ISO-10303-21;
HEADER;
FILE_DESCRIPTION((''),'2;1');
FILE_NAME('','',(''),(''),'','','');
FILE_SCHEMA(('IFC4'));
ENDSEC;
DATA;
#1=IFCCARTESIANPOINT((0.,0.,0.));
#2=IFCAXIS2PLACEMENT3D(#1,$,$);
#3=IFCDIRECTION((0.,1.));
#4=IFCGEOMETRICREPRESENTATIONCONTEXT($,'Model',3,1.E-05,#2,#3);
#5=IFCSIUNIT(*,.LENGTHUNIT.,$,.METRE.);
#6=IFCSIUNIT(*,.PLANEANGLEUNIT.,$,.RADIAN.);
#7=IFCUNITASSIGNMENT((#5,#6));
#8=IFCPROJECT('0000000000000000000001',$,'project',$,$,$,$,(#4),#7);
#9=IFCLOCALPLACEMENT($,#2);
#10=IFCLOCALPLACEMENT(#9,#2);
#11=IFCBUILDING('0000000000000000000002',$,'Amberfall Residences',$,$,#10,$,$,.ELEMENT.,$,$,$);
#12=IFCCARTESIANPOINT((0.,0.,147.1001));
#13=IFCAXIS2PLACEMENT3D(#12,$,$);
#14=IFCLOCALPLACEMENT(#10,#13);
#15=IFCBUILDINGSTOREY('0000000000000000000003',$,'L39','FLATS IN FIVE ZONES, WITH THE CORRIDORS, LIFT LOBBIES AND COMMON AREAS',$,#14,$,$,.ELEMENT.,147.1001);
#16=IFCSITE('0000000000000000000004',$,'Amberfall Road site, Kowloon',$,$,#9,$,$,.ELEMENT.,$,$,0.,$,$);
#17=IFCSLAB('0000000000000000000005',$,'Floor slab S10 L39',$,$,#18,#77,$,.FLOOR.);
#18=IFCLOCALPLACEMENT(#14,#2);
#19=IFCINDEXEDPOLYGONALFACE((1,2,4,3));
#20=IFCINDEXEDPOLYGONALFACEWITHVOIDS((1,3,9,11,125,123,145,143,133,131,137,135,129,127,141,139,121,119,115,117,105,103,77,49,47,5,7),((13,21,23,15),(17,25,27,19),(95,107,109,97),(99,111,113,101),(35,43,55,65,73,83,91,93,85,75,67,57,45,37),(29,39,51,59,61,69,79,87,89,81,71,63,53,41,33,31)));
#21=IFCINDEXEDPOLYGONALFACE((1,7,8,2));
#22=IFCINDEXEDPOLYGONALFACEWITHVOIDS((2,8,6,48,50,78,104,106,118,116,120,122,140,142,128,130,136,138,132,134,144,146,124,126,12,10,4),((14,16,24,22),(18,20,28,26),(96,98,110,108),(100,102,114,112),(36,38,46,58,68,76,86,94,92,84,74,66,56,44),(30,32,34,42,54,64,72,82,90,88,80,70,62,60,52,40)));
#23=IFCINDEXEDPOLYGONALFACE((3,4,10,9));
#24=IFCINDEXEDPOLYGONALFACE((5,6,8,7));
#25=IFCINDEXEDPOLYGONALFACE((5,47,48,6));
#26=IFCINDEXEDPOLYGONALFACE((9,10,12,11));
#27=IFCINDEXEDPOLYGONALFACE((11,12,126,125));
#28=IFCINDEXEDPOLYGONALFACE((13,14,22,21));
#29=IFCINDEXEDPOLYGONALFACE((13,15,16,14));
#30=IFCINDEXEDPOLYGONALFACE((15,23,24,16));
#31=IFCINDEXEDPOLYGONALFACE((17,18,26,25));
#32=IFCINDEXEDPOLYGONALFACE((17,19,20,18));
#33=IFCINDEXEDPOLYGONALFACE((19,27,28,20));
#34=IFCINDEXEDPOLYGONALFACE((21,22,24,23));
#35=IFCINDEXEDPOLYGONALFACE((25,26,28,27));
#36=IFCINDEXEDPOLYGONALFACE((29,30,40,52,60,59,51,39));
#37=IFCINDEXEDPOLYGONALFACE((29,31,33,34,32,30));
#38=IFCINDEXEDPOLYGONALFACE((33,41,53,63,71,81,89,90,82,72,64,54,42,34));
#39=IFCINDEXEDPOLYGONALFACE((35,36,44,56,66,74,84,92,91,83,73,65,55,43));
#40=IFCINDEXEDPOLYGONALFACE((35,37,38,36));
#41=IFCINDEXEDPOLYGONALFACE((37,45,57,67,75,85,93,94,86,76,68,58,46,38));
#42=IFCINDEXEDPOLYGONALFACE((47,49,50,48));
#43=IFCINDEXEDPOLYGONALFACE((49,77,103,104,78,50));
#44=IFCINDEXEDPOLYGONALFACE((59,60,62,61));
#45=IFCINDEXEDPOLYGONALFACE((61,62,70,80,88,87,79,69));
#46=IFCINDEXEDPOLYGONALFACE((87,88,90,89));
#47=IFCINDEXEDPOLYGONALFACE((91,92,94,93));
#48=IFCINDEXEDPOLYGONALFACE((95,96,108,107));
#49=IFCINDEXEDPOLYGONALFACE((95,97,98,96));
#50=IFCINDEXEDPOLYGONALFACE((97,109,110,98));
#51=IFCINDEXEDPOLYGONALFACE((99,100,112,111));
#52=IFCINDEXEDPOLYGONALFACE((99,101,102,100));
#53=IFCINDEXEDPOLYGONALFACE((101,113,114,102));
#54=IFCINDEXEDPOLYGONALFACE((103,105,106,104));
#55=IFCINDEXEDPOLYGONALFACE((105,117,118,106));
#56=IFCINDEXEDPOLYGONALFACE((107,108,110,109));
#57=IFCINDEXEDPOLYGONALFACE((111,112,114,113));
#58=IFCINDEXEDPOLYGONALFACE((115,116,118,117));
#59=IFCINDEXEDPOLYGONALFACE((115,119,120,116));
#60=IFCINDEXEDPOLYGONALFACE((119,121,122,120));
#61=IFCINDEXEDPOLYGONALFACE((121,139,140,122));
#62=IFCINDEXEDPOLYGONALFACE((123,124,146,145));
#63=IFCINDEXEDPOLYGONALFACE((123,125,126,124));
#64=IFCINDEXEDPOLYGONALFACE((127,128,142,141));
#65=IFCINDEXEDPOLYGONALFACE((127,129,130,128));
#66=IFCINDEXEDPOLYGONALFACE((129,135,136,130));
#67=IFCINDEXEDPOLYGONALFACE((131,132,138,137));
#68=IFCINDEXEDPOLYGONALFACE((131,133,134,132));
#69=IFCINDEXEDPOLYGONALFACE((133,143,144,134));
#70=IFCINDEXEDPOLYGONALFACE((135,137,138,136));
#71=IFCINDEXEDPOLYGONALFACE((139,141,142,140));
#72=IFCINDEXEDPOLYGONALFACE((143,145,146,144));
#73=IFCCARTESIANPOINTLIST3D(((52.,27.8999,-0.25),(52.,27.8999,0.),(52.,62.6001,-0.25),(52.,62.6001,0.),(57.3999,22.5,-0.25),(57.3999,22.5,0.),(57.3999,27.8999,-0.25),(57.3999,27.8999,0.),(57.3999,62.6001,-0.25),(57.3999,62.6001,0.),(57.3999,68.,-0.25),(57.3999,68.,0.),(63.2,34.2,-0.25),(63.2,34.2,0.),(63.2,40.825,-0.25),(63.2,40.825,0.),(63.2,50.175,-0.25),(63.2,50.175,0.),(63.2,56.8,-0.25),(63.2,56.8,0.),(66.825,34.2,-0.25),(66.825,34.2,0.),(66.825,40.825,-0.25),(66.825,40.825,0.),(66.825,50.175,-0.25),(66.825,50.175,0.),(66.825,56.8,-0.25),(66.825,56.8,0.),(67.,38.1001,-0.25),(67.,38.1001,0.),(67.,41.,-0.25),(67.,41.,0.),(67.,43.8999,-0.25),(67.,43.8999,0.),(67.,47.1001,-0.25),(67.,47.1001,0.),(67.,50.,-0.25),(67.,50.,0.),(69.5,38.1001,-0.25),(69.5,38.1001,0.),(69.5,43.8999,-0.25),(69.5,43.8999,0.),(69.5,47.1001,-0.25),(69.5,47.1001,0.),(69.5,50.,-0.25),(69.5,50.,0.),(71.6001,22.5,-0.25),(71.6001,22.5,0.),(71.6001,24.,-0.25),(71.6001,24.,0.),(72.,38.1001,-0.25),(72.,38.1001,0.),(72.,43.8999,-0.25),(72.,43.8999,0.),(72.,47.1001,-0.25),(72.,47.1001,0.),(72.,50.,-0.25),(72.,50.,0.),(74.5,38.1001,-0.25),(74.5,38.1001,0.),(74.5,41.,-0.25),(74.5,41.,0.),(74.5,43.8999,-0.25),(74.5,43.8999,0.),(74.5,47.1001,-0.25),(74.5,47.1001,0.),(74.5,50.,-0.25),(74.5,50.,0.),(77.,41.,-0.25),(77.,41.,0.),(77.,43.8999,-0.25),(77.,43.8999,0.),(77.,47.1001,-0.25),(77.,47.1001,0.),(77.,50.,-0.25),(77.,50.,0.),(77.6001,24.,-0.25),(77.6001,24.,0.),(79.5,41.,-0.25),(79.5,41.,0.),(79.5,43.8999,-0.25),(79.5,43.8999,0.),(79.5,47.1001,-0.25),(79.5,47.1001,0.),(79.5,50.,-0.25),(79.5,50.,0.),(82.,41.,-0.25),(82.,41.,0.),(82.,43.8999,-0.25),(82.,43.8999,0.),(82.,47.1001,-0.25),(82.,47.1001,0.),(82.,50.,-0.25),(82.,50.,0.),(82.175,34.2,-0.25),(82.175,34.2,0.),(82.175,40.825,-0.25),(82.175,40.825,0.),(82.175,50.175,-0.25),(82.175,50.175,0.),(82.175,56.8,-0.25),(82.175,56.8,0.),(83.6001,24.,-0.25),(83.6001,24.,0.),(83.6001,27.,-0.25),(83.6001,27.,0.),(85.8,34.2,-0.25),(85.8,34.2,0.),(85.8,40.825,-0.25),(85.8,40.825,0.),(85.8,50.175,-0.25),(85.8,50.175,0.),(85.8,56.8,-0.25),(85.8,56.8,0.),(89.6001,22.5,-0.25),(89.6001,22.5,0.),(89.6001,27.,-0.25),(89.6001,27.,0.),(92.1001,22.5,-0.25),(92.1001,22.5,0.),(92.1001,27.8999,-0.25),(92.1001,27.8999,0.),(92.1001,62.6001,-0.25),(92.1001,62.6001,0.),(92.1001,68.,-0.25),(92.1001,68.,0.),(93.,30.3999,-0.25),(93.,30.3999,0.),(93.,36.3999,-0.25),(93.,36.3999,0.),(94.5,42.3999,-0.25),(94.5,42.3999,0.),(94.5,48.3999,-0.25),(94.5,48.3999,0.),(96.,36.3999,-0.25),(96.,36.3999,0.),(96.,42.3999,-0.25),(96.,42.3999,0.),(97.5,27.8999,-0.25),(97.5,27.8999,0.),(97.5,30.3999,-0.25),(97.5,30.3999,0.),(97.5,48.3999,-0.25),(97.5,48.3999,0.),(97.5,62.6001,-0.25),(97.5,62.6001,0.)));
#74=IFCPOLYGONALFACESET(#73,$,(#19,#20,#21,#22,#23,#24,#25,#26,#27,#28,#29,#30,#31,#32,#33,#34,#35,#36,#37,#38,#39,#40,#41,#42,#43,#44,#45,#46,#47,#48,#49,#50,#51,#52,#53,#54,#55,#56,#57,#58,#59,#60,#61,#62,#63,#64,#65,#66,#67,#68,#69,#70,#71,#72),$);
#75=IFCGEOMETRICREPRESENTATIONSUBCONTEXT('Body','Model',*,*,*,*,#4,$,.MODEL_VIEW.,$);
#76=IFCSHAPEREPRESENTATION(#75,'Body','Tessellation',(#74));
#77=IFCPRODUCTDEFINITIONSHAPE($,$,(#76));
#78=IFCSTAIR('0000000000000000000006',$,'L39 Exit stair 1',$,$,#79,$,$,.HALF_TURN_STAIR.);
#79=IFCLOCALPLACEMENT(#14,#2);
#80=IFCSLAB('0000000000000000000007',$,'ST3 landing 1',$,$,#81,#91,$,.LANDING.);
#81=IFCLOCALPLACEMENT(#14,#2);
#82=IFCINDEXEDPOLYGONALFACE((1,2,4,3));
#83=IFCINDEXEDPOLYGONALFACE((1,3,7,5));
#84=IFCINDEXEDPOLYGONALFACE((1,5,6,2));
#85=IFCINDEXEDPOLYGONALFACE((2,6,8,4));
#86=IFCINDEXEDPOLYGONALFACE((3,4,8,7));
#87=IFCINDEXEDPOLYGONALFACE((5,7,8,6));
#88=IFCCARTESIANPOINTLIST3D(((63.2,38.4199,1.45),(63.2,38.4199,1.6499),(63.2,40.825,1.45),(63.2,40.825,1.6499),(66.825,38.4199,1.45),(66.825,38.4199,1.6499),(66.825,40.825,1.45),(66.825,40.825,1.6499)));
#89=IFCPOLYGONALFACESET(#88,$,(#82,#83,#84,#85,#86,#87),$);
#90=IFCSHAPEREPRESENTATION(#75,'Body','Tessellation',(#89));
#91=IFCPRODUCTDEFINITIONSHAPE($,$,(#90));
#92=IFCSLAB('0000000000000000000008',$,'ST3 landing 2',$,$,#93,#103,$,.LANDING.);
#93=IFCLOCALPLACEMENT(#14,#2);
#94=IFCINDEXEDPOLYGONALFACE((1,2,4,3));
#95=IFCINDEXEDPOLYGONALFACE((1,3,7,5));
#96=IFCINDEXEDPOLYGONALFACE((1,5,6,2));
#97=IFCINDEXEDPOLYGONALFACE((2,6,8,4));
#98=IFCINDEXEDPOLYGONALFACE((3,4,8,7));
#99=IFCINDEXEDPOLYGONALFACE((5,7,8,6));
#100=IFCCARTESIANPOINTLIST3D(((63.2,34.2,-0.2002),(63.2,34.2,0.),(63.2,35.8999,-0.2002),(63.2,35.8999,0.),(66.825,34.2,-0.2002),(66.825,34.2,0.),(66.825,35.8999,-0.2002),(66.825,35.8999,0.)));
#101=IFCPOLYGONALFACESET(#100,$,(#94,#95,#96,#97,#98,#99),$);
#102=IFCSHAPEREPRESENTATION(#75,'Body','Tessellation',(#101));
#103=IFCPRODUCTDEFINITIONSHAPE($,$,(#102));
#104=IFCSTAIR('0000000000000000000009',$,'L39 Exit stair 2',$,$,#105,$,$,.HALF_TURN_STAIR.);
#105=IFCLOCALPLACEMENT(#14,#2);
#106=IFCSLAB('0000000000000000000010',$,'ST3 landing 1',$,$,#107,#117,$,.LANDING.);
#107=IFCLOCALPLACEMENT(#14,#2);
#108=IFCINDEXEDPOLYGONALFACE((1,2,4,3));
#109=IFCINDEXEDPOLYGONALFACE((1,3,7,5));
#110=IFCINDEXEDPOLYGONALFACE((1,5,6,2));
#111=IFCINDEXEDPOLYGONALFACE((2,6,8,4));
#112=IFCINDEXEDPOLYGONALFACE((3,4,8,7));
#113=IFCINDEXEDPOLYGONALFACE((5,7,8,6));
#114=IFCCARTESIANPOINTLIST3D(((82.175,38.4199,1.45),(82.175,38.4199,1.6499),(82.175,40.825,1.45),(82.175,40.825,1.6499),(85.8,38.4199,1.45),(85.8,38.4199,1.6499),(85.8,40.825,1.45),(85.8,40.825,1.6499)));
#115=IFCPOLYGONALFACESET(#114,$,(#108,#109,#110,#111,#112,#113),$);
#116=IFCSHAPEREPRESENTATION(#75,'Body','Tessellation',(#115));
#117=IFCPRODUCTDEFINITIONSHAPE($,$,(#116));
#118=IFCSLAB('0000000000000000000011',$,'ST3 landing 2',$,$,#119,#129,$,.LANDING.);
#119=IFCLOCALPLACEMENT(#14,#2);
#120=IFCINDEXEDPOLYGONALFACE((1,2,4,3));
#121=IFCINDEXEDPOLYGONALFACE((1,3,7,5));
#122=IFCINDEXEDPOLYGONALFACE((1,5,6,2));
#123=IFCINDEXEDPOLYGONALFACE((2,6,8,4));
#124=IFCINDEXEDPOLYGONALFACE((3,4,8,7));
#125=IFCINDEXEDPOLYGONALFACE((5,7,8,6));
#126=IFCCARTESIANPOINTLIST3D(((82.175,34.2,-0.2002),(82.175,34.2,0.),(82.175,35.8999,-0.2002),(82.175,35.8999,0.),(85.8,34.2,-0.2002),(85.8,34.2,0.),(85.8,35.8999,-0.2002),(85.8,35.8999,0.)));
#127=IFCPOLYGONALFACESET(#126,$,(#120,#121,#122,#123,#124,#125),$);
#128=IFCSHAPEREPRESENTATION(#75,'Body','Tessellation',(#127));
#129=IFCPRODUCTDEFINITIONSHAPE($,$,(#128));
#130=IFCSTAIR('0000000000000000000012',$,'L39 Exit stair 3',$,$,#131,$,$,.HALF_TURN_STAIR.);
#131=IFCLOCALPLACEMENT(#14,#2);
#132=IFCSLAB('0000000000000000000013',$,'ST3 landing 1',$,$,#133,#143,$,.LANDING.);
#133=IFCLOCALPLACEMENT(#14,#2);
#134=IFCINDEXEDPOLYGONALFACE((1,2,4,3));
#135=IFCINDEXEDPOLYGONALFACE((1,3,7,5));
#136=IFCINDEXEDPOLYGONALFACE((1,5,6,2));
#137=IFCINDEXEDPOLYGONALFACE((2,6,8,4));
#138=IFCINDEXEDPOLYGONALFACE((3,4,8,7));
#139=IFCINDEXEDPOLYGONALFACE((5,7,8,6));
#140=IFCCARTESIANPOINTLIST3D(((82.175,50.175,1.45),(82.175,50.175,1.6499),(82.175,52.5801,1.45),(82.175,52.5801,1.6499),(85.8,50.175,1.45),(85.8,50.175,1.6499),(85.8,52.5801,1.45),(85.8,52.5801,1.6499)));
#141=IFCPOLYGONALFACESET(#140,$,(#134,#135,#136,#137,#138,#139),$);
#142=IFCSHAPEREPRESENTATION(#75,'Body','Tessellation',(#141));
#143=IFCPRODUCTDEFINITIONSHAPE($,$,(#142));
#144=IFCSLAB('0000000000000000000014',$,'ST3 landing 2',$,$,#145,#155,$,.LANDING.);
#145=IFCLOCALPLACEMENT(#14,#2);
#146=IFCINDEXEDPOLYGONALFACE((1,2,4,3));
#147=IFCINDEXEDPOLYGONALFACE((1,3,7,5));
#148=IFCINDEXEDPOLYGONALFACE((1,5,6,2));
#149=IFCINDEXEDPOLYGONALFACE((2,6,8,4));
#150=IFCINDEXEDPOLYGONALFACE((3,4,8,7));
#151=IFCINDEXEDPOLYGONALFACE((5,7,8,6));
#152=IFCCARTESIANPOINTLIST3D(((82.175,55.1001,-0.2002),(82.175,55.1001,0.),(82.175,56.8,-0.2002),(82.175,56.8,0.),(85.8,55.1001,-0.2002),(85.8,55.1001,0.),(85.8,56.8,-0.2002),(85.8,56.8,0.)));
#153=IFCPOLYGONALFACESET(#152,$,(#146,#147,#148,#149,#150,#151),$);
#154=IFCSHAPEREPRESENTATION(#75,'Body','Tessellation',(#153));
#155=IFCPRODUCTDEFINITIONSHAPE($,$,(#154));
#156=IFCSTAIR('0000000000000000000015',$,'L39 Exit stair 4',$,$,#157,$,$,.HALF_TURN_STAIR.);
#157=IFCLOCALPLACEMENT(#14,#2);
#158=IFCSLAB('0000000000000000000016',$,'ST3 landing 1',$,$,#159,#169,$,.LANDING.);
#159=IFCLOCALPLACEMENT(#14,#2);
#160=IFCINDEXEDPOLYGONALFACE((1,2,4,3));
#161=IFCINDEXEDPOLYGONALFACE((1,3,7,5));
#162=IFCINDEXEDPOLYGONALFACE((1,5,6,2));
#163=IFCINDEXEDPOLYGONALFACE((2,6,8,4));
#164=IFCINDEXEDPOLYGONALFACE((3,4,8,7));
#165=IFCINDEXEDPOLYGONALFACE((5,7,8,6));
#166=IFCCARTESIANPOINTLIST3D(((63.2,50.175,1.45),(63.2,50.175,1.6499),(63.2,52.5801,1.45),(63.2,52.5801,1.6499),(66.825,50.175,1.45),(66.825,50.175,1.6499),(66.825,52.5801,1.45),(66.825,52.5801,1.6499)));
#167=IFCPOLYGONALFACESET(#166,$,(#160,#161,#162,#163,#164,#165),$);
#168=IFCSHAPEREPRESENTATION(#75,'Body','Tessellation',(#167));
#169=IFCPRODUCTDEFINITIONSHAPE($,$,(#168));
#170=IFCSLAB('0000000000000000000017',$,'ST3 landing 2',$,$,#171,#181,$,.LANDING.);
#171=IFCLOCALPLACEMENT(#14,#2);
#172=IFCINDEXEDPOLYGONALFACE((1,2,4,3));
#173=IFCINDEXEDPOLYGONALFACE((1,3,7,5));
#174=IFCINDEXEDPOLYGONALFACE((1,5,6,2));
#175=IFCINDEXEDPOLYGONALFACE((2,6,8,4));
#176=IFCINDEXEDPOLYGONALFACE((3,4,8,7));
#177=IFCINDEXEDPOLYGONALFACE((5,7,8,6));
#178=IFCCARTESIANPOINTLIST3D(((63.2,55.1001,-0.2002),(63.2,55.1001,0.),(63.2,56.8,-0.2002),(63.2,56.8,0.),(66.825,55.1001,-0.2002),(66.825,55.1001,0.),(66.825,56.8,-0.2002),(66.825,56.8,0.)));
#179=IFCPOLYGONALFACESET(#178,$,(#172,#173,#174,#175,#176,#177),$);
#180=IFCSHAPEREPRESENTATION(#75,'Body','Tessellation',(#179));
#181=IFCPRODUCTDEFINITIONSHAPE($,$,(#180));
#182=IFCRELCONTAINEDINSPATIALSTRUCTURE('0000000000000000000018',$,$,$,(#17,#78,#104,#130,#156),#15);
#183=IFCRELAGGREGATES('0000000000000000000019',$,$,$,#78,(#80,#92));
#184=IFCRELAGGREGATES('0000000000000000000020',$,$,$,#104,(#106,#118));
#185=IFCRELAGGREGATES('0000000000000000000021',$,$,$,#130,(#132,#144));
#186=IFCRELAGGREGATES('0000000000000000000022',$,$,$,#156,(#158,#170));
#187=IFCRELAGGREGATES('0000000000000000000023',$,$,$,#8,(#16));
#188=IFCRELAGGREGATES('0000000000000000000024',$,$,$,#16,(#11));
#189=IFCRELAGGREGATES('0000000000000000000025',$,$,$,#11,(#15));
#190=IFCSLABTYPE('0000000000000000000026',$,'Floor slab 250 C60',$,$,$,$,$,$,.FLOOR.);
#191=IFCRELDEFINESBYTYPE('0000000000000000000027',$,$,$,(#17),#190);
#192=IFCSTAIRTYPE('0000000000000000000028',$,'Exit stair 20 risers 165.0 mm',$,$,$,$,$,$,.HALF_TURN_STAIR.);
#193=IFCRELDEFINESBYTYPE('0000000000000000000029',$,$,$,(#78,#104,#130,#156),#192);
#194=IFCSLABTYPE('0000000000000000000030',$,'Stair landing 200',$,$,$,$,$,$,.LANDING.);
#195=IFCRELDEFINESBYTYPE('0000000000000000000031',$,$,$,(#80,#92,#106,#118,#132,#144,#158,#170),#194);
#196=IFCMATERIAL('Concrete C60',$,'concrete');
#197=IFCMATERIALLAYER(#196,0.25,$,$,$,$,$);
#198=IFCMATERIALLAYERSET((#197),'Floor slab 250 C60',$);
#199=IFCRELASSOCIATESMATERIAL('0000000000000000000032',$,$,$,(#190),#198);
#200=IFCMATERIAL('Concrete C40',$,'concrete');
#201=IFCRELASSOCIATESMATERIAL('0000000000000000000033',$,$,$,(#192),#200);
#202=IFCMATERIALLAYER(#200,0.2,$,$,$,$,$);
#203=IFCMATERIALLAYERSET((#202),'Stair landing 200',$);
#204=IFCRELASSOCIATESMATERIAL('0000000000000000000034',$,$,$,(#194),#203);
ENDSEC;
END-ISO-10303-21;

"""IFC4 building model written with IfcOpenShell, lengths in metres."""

from ifc_helpers import new_model, si_unit, direction, frame, origin, place, context, subcontext, project, spatial, polyline, outline, extrude, material, layer, layer_set, type_object, element, aggregate, save


model = new_model("IFC4")

# Units and contexts
model_context = context("Model", 3, precision=1e-05, world=origin(), true_north=direction((0.0, 1.0)))
body_context = subcontext(model_context, "Body", "Model", "MODEL_VIEW")
ifc_project = project(units=[si_unit("LENGTHUNIT", "METRE"), si_unit("PLANEANGLEUNIT", "RADIAN")], contexts=[model_context])

# Site, building, storey
site_placement = place(None, origin())
site = spatial("IfcSite", under=ifc_project, at=site_placement, Name="Amberfall Road site, Kowloon", CompositionType="ELEMENT", RefElevation=0.0)
building_placement = place(site_placement, origin())
building = spatial("IfcBuilding", under=site, at=building_placement, Name="Amberfall Residences", CompositionType="ELEMENT")
storey_placement = place(building_placement, frame((0.0, 0.0, 147.1001)))
storey = spatial("IfcBuildingStorey", under=building, at=storey_placement, Name="L39", Description="FLATS IN FIVE ZONES, WITH THE CORRIDORS, LIFT LOBBIES AND COMMON AREAS", CompositionType="ELEMENT", Elevation=147.1001)

# Slab
ifc_material_1 = material(Name="Concrete C60", Category="concrete")
ifc_layer_1 = layer(ifc_material_1, 0.25)
ifc_layer_set_1 = layer_set([ifc_layer_1], Name="Floor slab 250 C60")
slab_type_1 = type_object("IfcSlabType", Name="Floor slab 250 C60", PredefinedType="FLOOR", material=ifc_layer_set_1)
slab_1_placement = place(storey_placement, frame((0.0, 0.0, -0.25)))
element("IfcSlab", 1, at=slab_1_placement, inside=storey, type_object=slab_type_1, Name="Floor slab S10 L39", PredefinedType="FLOOR", context=body_context, shape_type="SweptSolid", body=[
    extrude(outline(polyline([(89.6001, 22.5), (89.6001, 27.0), (83.6001, 27.0), (83.6001, 24.0), (77.6001, 24.0), (71.6001, 24.0), (71.6001, 22.5), (57.3999, 22.5), (57.3999, 27.8999), (52.0, 27.8999), (52.0, 62.6001), (57.3999, 62.6001), (57.3999, 68.0), (92.1001, 68.0), (92.1001, 62.6001), (97.5, 62.6001), (97.5, 48.3999), (94.5, 48.3999), (94.5, 42.3999), (96.0, 42.3999), (96.0, 36.3999), (93.0, 36.3999), (93.0, 30.3999), (97.5, 30.3999), (97.5, 27.8999), (92.1001, 27.8999), (92.1001, 22.5), (89.6001, 22.5)]), holes=[polyline([(85.8, 34.2), (85.8, 40.825), (82.175, 40.825), (82.175, 34.2), (85.8, 34.2)]), polyline([(82.175, 50.175), (85.8, 50.175), (85.8, 56.8), (82.175, 56.8), (82.175, 50.175)]), polyline([(69.5, 50.0), (67.0, 50.0), (67.0, 47.1001), (69.5, 47.1001), (72.0, 47.1001), (74.5, 47.1001), (77.0, 47.1001), (79.5, 47.1001), (82.0, 47.1001), (82.0, 50.0), (79.5, 50.0), (77.0, 50.0), (74.5, 50.0), (72.0, 50.0), (69.5, 50.0)]), polyline([(74.5, 41.0), (77.0, 41.0), (79.5, 41.0), (82.0, 41.0), (82.0, 43.8999), (79.5, 43.8999), (77.0, 43.8999), (74.5, 43.8999), (72.0, 43.8999), (69.5, 43.8999), (67.0, 43.8999), (67.0, 41.0), (67.0, 38.1001), (69.5, 38.1001), (72.0, 38.1001), (74.5, 38.1001), (74.5, 41.0)]), polyline([(66.825, 34.2), (66.825, 40.825), (63.2, 40.825), (63.2, 34.2), (66.825, 34.2)]), polyline([(66.825, 50.175), (66.825, 56.8), (63.2, 56.8), (63.2, 50.175), (66.825, 50.175)])]), origin(), (0.0, 0.0, 1.0), 0.25),
])

# Stairs, slabs
ifc_material_2 = material(Name="Concrete C40", Category="concrete")
stair_type = type_object("IfcStairType", Name="Exit stair 20 risers 165.0 mm", PredefinedType="HALF_TURN_STAIR", material=ifc_material_2)
stair_1_placement = place(storey_placement, origin())
stair_1 = element("IfcStair", 2, at=stair_1_placement, inside=storey, type_object=stair_type, Name="L39 Exit stair 1", PredefinedType="HALF_TURN_STAIR")
ifc_layer_2 = layer(ifc_material_2, 0.2)
ifc_layer_set_2 = layer_set([ifc_layer_2], Name="Stair landing 200")
slab_type_2 = type_object("IfcSlabType", Name="Stair landing 200", PredefinedType="LANDING", material=ifc_layer_set_2)
slab_2_placement = place(storey_placement, frame((0.0, 0.0, 1.45)))
slab_2 = element("IfcSlab", 3, at=slab_2_placement, type_object=slab_type_2, Name="ST3 landing 1", PredefinedType="LANDING", context=body_context, shape_type="SweptSolid", body=[
    extrude(outline(polyline([(66.825, 38.4199), (66.825, 40.825), (63.2, 40.825), (63.2, 38.4199), (66.825, 38.4199)])), origin(), (0.0, 0.0, 1.0), 0.2),
])
slab_3_placement = place(storey_placement, frame((0.0, 0.0, -0.2002)))
slab_3 = element("IfcSlab", 4, at=slab_3_placement, type_object=slab_type_2, Name="ST3 landing 2", PredefinedType="LANDING", context=body_context, shape_type="SweptSolid", body=[
    extrude(outline(polyline([(66.825, 34.2), (66.825, 35.8999), (63.2, 35.8999), (63.2, 34.2), (66.825, 34.2)])), origin(), (0.0, 0.0, 1.0), 0.2002),
])
aggregate(stair_1, [slab_2, slab_3])
stair_2_placement = place(storey_placement, origin())
stair_2 = element("IfcStair", 5, at=stair_2_placement, inside=storey, type_object=stair_type, Name="L39 Exit stair 2", PredefinedType="HALF_TURN_STAIR")
slab_4_placement = place(storey_placement, frame((0.0, 0.0, 1.45)))
slab_4 = element("IfcSlab", 6, at=slab_4_placement, type_object=slab_type_2, Name="ST3 landing 1", PredefinedType="LANDING", context=body_context, shape_type="SweptSolid", body=[
    extrude(outline(polyline([(85.8, 38.4199), (85.8, 40.825), (82.175, 40.825), (82.175, 38.4199), (85.8, 38.4199)])), origin(), (0.0, 0.0, 1.0), 0.2),
])
slab_5_placement = place(storey_placement, frame((0.0, 0.0, -0.2002)))
slab_5 = element("IfcSlab", 7, at=slab_5_placement, type_object=slab_type_2, Name="ST3 landing 2", PredefinedType="LANDING", context=body_context, shape_type="SweptSolid", body=[
    extrude(outline(polyline([(85.8, 34.2), (85.8, 35.8999), (82.175, 35.8999), (82.175, 34.2), (85.8, 34.2)])), origin(), (0.0, 0.0, 1.0), 0.2002),
])
aggregate(stair_2, [slab_4, slab_5])
stair_3_placement = place(storey_placement, origin())
stair_3 = element("IfcStair", 8, at=stair_3_placement, inside=storey, type_object=stair_type, Name="L39 Exit stair 3", PredefinedType="HALF_TURN_STAIR")
slab_6_placement = place(storey_placement, frame((0.0, 0.0, 1.45)))
slab_6 = element("IfcSlab", 9, at=slab_6_placement, type_object=slab_type_2, Name="ST3 landing 1", PredefinedType="LANDING", context=body_context, shape_type="SweptSolid", body=[
    extrude(outline(polyline([(82.175, 52.5801), (82.175, 50.175), (85.8, 50.175), (85.8, 52.5801), (82.175, 52.5801)])), origin(), (0.0, 0.0, 1.0), 0.2),
])
slab_7_placement = place(storey_placement, frame((0.0, 0.0, -0.2002)))
slab_7 = element("IfcSlab", 10, at=slab_7_placement, type_object=slab_type_2, Name="ST3 landing 2", PredefinedType="LANDING", context=body_context, shape_type="SweptSolid", body=[
    extrude(outline(polyline([(82.175, 56.8), (82.175, 55.1001), (85.8, 55.1001), (85.8, 56.8), (82.175, 56.8)])), origin(), (0.0, 0.0, 1.0), 0.2002),
])
aggregate(stair_3, [slab_6, slab_7])
stair_4_placement = place(storey_placement, origin())
stair_4 = element("IfcStair", 11, at=stair_4_placement, inside=storey, type_object=stair_type, Name="L39 Exit stair 4", PredefinedType="HALF_TURN_STAIR")
slab_8_placement = place(storey_placement, frame((0.0, 0.0, 1.45)))
slab_8 = element("IfcSlab", 12, at=slab_8_placement, type_object=slab_type_2, Name="ST3 landing 1", PredefinedType="LANDING", context=body_context, shape_type="SweptSolid", body=[
    extrude(outline(polyline([(63.2, 52.5801), (63.2, 50.175), (66.825, 50.175), (66.825, 52.5801), (63.2, 52.5801)])), origin(), (0.0, 0.0, 1.0), 0.2),
])
slab_9_placement = place(storey_placement, frame((0.0, 0.0, -0.2002)))
slab_9 = element("IfcSlab", 13, at=slab_9_placement, type_object=slab_type_2, Name="ST3 landing 2", PredefinedType="LANDING", context=body_context, shape_type="SweptSolid", body=[
    extrude(outline(polyline([(63.2, 56.8), (63.2, 55.1001), (66.825, 55.1001), (66.825, 56.8), (63.2, 56.8)])), origin(), (0.0, 0.0, 1.0), 0.2002),
])
aggregate(stair_4, [slab_8, slab_9])

save(model, "model.ifc")
